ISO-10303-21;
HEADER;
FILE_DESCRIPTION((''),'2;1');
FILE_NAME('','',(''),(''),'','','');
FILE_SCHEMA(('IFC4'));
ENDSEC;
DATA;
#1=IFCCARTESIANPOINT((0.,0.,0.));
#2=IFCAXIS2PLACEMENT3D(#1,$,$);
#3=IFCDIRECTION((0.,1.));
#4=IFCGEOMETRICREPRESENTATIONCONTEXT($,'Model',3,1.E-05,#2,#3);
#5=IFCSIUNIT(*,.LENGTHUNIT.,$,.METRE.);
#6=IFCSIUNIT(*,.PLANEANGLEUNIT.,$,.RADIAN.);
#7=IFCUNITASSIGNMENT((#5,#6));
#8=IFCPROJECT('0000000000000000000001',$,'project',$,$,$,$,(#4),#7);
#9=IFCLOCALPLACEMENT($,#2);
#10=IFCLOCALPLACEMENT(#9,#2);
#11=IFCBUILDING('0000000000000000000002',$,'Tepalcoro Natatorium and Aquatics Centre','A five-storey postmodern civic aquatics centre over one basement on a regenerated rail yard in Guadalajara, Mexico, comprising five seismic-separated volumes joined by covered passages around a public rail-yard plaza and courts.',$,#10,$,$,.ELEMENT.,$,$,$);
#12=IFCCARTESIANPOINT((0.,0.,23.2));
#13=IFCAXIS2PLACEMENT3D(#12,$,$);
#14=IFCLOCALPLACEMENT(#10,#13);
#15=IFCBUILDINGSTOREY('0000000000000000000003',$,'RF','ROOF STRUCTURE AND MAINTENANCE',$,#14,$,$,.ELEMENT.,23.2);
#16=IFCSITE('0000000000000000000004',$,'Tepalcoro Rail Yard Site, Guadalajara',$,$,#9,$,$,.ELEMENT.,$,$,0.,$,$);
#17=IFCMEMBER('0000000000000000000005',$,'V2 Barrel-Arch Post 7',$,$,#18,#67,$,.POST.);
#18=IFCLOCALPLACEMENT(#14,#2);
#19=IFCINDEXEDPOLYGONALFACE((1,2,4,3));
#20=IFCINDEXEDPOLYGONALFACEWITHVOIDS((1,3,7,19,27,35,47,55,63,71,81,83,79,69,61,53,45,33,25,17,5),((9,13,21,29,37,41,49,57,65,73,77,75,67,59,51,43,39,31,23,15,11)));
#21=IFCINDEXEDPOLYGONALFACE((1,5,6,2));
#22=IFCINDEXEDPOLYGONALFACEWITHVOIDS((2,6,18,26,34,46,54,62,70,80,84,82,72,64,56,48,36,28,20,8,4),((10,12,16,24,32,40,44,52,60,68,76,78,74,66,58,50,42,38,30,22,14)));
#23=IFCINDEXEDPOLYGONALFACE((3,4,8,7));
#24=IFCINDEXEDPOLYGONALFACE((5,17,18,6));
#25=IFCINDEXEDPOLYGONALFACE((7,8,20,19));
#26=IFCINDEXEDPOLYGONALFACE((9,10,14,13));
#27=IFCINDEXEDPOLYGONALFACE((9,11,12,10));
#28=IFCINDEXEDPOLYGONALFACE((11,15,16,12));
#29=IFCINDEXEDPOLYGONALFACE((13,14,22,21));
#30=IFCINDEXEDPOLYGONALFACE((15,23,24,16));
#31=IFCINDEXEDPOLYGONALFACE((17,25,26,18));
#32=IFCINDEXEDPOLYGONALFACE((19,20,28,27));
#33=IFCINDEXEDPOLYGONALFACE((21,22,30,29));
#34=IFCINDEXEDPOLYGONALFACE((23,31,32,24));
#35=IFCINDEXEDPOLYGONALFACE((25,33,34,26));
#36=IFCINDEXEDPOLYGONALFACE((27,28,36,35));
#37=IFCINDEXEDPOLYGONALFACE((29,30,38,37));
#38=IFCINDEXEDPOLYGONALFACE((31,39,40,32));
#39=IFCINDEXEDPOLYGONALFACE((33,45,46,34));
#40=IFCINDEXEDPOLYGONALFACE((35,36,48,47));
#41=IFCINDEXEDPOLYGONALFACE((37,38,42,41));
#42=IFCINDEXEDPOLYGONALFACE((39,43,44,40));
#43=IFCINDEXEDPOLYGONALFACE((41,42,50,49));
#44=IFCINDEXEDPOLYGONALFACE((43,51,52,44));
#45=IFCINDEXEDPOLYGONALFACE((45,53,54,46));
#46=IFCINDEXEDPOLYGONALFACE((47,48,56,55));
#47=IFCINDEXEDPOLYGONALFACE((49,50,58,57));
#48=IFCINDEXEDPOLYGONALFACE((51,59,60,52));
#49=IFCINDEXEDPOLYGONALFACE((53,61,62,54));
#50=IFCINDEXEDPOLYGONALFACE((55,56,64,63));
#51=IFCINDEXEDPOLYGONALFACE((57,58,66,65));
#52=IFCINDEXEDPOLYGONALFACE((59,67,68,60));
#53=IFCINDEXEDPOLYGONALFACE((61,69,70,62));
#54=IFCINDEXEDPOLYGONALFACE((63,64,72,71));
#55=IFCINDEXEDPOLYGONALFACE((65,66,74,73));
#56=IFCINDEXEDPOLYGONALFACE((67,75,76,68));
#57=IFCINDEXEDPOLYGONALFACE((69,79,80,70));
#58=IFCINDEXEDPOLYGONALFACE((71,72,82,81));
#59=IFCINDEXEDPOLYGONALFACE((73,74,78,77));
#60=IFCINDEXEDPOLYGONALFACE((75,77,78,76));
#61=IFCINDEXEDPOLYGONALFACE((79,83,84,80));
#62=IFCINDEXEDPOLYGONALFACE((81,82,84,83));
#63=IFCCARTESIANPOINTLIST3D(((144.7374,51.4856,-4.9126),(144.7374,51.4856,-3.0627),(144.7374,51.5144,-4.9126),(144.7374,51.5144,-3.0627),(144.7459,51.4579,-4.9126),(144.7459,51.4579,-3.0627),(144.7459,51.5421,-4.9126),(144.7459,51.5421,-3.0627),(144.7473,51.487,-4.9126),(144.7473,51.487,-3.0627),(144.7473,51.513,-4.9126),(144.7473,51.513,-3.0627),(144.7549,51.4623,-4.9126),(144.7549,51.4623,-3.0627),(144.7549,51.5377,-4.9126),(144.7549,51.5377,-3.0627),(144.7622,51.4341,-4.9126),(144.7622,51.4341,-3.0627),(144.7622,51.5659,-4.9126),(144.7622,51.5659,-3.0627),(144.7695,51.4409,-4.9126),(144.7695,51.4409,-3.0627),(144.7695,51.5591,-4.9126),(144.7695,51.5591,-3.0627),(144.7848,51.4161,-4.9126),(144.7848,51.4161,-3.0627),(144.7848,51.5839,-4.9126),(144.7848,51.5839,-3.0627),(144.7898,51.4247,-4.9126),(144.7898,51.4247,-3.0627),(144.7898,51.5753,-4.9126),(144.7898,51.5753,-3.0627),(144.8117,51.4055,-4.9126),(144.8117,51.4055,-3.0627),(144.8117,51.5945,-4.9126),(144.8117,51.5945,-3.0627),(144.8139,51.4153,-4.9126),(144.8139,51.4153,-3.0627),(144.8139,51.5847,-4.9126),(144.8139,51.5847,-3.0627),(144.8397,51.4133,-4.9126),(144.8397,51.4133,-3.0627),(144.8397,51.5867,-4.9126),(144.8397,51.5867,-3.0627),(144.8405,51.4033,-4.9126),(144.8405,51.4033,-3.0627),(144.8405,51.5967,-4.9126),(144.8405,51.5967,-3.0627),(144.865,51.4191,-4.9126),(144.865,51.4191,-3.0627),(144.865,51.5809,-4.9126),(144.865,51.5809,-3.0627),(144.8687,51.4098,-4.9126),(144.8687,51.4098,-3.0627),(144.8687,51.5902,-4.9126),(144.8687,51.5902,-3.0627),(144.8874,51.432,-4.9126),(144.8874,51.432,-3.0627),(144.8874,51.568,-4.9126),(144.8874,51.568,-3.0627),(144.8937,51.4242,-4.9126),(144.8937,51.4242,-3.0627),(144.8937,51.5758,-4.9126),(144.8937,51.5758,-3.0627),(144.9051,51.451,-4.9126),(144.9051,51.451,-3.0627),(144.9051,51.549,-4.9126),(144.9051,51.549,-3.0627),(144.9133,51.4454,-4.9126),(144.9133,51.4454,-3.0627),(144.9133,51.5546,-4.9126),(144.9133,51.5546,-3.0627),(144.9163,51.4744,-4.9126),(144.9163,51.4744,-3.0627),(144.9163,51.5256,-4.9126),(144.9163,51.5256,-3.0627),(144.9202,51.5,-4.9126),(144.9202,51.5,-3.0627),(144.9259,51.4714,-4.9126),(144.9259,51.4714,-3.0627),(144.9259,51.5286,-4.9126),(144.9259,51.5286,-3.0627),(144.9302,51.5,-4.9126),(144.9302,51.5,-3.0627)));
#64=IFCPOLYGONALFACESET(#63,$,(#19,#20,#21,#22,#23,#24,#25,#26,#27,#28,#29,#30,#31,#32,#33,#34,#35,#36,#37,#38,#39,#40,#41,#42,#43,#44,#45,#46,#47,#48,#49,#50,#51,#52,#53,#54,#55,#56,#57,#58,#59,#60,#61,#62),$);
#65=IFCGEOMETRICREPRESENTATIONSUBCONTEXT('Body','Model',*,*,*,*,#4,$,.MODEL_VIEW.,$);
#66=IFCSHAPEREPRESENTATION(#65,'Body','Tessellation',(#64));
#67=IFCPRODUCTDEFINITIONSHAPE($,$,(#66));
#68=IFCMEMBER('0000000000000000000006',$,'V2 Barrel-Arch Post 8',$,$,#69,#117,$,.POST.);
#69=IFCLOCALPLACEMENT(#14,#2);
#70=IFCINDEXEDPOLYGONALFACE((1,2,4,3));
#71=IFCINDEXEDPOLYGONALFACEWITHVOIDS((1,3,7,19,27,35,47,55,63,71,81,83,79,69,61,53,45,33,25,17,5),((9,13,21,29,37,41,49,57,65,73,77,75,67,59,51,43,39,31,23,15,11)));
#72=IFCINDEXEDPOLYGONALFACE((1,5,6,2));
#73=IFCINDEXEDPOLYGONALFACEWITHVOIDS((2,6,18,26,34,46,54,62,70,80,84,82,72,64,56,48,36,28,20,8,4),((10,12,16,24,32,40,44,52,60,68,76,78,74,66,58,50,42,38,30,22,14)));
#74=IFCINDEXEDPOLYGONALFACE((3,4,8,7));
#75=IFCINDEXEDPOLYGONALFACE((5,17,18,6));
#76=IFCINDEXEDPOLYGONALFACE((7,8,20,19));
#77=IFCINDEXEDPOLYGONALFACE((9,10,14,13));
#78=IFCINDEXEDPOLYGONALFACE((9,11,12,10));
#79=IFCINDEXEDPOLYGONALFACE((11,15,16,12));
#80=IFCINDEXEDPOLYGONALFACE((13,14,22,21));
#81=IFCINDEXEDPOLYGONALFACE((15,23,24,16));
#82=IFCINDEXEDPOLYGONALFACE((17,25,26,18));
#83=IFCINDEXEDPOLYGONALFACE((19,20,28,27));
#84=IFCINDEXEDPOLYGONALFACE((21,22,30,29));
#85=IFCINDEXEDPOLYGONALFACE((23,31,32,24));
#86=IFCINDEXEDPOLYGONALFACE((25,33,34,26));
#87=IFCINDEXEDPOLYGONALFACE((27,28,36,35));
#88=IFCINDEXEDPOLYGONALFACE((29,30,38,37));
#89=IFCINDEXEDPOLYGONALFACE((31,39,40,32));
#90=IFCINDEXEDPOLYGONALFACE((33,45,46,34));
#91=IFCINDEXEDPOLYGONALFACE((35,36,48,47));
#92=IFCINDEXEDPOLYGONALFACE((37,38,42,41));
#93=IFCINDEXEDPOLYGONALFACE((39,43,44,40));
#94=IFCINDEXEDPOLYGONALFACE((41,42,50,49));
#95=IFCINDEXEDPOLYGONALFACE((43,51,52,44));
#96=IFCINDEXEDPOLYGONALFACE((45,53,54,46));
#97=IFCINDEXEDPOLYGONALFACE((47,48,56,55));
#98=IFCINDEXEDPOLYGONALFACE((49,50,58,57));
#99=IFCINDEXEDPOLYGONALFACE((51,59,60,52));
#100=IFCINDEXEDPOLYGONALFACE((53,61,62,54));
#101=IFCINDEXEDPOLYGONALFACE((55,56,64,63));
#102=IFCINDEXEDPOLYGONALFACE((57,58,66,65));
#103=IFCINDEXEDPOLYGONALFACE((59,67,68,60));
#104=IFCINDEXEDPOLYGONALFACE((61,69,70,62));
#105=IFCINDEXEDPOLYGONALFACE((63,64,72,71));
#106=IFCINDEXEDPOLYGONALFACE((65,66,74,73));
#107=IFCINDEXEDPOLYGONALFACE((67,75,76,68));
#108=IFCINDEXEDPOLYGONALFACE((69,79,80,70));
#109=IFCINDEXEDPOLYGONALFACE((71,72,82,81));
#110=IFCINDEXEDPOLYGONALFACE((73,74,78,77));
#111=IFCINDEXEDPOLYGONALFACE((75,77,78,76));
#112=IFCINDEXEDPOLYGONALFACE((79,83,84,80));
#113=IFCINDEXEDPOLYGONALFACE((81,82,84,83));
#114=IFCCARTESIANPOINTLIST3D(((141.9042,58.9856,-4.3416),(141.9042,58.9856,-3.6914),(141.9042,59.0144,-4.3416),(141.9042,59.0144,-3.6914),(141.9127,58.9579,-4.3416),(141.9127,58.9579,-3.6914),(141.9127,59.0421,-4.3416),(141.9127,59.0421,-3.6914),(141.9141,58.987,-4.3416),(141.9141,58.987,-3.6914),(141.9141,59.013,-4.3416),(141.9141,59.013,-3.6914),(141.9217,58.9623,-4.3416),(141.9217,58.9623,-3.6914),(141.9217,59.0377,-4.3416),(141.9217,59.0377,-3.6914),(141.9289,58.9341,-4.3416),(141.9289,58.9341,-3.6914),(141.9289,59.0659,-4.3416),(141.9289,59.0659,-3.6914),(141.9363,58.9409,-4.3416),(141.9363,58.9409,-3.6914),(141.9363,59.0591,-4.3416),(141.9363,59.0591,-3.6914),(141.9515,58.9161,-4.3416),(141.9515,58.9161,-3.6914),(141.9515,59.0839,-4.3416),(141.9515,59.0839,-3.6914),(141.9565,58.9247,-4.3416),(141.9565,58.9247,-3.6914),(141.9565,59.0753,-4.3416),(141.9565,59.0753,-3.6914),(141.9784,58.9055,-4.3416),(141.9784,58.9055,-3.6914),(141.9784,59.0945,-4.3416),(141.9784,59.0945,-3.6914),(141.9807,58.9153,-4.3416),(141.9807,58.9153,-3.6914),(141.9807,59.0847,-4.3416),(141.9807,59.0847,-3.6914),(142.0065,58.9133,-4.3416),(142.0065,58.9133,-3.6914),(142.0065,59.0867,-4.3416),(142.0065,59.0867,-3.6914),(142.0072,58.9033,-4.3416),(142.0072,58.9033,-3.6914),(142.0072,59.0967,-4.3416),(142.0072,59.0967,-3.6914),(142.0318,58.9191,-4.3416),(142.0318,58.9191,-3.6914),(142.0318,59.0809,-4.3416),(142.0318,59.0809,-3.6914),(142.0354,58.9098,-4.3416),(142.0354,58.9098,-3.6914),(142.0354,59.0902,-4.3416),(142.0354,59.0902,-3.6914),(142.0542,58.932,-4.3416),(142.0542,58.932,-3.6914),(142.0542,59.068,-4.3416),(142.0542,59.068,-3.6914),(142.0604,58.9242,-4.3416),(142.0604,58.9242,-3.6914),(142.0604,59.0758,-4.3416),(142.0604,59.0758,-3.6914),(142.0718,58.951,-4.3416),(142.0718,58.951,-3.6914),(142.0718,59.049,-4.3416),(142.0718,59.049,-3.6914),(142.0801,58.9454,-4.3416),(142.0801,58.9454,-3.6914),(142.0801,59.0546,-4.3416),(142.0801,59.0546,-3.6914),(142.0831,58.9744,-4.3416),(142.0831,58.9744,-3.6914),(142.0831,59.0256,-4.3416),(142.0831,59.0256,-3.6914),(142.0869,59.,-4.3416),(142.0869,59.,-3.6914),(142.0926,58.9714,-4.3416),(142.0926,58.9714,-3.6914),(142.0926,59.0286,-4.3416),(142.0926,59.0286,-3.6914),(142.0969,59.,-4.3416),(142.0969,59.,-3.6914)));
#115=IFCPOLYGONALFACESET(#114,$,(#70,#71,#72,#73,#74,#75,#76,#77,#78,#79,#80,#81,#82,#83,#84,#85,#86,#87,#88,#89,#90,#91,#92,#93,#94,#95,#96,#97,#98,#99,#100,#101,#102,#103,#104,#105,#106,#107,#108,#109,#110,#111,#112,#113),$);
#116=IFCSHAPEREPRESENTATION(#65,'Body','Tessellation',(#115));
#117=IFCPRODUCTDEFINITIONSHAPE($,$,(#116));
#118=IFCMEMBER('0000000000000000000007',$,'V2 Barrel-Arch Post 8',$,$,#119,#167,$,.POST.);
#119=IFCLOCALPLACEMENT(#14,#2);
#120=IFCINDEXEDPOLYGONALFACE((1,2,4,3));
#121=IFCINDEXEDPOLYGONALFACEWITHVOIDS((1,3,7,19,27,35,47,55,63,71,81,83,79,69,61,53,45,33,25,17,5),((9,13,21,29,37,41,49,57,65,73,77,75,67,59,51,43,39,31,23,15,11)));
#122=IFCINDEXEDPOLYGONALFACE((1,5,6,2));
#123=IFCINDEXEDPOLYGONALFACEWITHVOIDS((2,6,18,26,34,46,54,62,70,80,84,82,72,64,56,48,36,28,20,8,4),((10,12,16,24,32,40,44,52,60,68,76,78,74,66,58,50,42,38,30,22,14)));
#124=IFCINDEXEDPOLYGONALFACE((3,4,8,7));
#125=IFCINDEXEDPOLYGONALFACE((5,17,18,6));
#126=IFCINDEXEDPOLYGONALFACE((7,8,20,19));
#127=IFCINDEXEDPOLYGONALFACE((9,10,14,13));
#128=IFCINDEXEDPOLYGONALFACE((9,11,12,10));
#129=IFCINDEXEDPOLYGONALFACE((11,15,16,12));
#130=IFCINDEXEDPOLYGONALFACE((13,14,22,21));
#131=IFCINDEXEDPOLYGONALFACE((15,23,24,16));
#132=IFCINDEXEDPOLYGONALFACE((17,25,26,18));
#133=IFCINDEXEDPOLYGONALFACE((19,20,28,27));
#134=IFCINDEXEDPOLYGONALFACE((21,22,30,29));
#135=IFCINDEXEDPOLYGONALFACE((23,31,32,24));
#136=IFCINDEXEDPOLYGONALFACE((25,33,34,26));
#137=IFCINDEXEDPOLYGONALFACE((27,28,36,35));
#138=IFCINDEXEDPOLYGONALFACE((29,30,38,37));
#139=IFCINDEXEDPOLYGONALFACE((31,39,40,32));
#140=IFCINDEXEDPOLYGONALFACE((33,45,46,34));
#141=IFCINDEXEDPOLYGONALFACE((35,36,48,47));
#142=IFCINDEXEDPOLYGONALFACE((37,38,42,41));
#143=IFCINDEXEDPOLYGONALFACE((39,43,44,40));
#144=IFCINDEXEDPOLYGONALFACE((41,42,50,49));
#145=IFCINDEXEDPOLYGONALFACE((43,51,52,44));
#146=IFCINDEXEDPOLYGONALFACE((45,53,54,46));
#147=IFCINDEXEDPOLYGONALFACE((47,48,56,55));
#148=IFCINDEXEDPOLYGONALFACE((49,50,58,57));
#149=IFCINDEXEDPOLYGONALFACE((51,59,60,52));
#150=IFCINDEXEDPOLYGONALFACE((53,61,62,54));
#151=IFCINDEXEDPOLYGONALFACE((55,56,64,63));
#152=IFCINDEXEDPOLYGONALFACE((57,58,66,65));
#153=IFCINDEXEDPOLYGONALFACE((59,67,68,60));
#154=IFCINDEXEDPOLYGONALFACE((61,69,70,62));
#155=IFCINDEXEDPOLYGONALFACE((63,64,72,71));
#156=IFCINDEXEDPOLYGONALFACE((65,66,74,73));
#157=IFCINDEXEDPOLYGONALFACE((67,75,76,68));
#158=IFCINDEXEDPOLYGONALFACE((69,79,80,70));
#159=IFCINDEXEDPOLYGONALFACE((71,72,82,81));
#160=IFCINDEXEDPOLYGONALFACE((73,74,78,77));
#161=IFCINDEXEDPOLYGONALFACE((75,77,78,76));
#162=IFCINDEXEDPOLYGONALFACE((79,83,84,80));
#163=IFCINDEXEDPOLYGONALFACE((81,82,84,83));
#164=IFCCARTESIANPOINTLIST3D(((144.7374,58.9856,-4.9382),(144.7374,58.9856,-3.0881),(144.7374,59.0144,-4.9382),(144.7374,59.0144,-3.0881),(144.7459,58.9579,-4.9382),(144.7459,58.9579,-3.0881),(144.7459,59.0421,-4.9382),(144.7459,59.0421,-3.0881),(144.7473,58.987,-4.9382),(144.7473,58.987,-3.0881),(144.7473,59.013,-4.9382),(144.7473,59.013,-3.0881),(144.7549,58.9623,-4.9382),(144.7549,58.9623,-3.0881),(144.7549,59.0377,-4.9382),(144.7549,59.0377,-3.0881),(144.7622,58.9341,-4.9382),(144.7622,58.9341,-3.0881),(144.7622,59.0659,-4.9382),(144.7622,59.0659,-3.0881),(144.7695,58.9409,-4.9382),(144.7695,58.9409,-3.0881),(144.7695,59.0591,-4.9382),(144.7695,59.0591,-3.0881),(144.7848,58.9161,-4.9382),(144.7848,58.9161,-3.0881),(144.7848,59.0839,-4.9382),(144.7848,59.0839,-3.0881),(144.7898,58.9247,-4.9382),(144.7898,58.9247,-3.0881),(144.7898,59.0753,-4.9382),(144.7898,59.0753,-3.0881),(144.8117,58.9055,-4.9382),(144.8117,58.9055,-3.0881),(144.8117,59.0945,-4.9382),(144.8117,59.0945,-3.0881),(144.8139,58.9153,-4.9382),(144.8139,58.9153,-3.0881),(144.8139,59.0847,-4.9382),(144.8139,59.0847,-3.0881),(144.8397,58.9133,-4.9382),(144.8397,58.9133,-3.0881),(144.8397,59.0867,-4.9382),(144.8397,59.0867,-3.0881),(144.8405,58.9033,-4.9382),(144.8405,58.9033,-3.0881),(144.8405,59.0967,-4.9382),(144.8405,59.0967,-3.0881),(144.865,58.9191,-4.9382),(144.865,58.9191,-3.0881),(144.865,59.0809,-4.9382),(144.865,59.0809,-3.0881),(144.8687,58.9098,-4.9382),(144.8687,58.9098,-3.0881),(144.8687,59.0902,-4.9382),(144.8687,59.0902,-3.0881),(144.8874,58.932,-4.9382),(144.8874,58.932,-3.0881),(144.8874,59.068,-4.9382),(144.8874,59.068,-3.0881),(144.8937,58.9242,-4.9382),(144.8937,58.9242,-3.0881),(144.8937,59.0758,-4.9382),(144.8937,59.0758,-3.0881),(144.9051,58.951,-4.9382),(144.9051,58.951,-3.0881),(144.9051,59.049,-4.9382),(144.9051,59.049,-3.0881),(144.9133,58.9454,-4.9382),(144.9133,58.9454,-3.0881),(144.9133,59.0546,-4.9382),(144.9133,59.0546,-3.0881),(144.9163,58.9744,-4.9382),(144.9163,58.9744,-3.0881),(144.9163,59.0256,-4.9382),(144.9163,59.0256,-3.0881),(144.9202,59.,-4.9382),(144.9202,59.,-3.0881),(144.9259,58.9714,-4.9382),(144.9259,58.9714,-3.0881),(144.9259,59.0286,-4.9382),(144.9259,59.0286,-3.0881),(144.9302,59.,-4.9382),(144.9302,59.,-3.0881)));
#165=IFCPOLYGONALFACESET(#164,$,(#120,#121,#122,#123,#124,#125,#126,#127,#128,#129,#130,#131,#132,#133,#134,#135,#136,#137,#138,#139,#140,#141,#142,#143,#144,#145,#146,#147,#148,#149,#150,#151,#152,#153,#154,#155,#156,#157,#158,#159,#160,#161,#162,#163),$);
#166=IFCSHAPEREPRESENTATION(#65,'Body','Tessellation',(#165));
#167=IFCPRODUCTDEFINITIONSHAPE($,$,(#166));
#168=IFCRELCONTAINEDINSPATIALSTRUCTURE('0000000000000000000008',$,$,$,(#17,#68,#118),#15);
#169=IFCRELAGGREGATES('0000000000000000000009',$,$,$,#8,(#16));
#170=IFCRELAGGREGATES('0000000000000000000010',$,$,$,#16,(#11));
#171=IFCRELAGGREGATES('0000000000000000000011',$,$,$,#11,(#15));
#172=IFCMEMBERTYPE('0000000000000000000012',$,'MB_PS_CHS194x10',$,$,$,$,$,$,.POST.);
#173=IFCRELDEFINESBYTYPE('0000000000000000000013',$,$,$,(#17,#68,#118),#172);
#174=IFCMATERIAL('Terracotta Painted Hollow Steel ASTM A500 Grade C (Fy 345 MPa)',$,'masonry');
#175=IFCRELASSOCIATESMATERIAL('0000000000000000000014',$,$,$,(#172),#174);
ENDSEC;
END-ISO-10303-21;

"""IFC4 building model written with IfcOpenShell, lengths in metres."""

from ifc_helpers import new_model, si_unit, direction, frame, origin, origin_2d, place, context, subcontext, project, spatial, hollow_circle, extrude, material, material_profile, profile_set, type_object, element, save


model = new_model("IFC4")

# Units and contexts
model_context = context("Model", 3, precision=1e-05, world=origin(), true_north=direction((0.0, 1.0)))
body_context = subcontext(model_context, "Body", "Model", "MODEL_VIEW")
ifc_project = project(units=[si_unit("LENGTHUNIT", "METRE"), si_unit("PLANEANGLEUNIT", "RADIAN")], contexts=[model_context])

# Site, building, storey
site_placement = place(None, origin())
site = spatial("IfcSite", under=ifc_project, at=site_placement, Name="Tepalcoro Rail Yard Site, Guadalajara", CompositionType="ELEMENT", RefElevation=0.0)
building_placement = place(site_placement, origin())
building = spatial("IfcBuilding", under=site, at=building_placement, Name="Tepalcoro Natatorium and Aquatics Centre", Description="A five-storey postmodern civic aquatics centre over one basement on a regenerated rail yard in Guadalajara, Mexico, comprising five seismic-separated volumes joined by covered passages around a public rail-yard plaza and courts.", CompositionType="ELEMENT")
storey_placement = place(building_placement, frame((0.0, 0.0, 23.2)))
storey = spatial("IfcBuildingStorey", under=building, at=storey_placement, Name="RF", Description="ROOF STRUCTURE AND MAINTENANCE", CompositionType="ELEMENT", Elevation=23.2)

# Shared definitions
ifc_material_1 = material(Name="Terracotta Painted Hollow Steel ASTM A500 Grade C (Fy 345 MPa)", Category="masonry")

# Members
ifc_material_profile_1 = material_profile(ifc_material_1, hollow_circle(Radius=0.0969, WallThickness=0.01, at=origin_2d()), Name="CHS194X10")
ifc_profile_set_1 = profile_set([ifc_material_profile_1], Name="Terracotta Painted Hollow Steel ASTM A500 Grade C (Fy 345 MPa)")
member_type_1 = type_object("IfcMemberType", Name="MB_PS_CHS194x10", PredefinedType="POST", material=ifc_profile_set_1)
member_1_placement = place(storey_placement, frame((144.8333, 51.5, -4.9126), z_axis=(0.0, 0.0, 1.0), x_axis=(1.0, 0.0, 0.0)))
element("IfcMember", 1, at=member_1_placement, inside=storey, type_object=member_type_1, Name="V2 Barrel-Arch Post 7", PredefinedType="POST", context=body_context, shape_type="SweptSolid", body=[
    extrude(hollow_circle(Radius=0.0969, WallThickness=0.01, at=origin_2d()), origin(), (0.0, 0.0, 1.0), 1.8499),
])
member_2_placement = place(storey_placement, frame((142.0, 59.0, -4.3416), z_axis=(0.0, 0.0, 1.0), x_axis=(1.0, 0.0, 0.0)))
element("IfcMember", 2, at=member_2_placement, inside=storey, type_object=member_type_1, Name="V2 Barrel-Arch Post 8", PredefinedType="POST", context=body_context, shape_type="SweptSolid", body=[
    extrude(hollow_circle(Radius=0.0969, WallThickness=0.01, at=origin_2d()), origin(), (0.0, 0.0, 1.0), 0.6501),
])
member_3_placement = place(storey_placement, frame((144.8333, 59.0, -4.9382), z_axis=(0.0, 0.0, 1.0), x_axis=(1.0, 0.0, 0.0)))
element("IfcMember", 3, at=member_3_placement, inside=storey, type_object=member_type_1, Name="V2 Barrel-Arch Post 8", PredefinedType="POST", context=body_context, shape_type="SweptSolid", body=[
    extrude(hollow_circle(Radius=0.0969, WallThickness=0.01, at=origin_2d()), origin(), (0.0, 0.0, 1.0), 1.8501),
])

save(model, "model.ifc")
